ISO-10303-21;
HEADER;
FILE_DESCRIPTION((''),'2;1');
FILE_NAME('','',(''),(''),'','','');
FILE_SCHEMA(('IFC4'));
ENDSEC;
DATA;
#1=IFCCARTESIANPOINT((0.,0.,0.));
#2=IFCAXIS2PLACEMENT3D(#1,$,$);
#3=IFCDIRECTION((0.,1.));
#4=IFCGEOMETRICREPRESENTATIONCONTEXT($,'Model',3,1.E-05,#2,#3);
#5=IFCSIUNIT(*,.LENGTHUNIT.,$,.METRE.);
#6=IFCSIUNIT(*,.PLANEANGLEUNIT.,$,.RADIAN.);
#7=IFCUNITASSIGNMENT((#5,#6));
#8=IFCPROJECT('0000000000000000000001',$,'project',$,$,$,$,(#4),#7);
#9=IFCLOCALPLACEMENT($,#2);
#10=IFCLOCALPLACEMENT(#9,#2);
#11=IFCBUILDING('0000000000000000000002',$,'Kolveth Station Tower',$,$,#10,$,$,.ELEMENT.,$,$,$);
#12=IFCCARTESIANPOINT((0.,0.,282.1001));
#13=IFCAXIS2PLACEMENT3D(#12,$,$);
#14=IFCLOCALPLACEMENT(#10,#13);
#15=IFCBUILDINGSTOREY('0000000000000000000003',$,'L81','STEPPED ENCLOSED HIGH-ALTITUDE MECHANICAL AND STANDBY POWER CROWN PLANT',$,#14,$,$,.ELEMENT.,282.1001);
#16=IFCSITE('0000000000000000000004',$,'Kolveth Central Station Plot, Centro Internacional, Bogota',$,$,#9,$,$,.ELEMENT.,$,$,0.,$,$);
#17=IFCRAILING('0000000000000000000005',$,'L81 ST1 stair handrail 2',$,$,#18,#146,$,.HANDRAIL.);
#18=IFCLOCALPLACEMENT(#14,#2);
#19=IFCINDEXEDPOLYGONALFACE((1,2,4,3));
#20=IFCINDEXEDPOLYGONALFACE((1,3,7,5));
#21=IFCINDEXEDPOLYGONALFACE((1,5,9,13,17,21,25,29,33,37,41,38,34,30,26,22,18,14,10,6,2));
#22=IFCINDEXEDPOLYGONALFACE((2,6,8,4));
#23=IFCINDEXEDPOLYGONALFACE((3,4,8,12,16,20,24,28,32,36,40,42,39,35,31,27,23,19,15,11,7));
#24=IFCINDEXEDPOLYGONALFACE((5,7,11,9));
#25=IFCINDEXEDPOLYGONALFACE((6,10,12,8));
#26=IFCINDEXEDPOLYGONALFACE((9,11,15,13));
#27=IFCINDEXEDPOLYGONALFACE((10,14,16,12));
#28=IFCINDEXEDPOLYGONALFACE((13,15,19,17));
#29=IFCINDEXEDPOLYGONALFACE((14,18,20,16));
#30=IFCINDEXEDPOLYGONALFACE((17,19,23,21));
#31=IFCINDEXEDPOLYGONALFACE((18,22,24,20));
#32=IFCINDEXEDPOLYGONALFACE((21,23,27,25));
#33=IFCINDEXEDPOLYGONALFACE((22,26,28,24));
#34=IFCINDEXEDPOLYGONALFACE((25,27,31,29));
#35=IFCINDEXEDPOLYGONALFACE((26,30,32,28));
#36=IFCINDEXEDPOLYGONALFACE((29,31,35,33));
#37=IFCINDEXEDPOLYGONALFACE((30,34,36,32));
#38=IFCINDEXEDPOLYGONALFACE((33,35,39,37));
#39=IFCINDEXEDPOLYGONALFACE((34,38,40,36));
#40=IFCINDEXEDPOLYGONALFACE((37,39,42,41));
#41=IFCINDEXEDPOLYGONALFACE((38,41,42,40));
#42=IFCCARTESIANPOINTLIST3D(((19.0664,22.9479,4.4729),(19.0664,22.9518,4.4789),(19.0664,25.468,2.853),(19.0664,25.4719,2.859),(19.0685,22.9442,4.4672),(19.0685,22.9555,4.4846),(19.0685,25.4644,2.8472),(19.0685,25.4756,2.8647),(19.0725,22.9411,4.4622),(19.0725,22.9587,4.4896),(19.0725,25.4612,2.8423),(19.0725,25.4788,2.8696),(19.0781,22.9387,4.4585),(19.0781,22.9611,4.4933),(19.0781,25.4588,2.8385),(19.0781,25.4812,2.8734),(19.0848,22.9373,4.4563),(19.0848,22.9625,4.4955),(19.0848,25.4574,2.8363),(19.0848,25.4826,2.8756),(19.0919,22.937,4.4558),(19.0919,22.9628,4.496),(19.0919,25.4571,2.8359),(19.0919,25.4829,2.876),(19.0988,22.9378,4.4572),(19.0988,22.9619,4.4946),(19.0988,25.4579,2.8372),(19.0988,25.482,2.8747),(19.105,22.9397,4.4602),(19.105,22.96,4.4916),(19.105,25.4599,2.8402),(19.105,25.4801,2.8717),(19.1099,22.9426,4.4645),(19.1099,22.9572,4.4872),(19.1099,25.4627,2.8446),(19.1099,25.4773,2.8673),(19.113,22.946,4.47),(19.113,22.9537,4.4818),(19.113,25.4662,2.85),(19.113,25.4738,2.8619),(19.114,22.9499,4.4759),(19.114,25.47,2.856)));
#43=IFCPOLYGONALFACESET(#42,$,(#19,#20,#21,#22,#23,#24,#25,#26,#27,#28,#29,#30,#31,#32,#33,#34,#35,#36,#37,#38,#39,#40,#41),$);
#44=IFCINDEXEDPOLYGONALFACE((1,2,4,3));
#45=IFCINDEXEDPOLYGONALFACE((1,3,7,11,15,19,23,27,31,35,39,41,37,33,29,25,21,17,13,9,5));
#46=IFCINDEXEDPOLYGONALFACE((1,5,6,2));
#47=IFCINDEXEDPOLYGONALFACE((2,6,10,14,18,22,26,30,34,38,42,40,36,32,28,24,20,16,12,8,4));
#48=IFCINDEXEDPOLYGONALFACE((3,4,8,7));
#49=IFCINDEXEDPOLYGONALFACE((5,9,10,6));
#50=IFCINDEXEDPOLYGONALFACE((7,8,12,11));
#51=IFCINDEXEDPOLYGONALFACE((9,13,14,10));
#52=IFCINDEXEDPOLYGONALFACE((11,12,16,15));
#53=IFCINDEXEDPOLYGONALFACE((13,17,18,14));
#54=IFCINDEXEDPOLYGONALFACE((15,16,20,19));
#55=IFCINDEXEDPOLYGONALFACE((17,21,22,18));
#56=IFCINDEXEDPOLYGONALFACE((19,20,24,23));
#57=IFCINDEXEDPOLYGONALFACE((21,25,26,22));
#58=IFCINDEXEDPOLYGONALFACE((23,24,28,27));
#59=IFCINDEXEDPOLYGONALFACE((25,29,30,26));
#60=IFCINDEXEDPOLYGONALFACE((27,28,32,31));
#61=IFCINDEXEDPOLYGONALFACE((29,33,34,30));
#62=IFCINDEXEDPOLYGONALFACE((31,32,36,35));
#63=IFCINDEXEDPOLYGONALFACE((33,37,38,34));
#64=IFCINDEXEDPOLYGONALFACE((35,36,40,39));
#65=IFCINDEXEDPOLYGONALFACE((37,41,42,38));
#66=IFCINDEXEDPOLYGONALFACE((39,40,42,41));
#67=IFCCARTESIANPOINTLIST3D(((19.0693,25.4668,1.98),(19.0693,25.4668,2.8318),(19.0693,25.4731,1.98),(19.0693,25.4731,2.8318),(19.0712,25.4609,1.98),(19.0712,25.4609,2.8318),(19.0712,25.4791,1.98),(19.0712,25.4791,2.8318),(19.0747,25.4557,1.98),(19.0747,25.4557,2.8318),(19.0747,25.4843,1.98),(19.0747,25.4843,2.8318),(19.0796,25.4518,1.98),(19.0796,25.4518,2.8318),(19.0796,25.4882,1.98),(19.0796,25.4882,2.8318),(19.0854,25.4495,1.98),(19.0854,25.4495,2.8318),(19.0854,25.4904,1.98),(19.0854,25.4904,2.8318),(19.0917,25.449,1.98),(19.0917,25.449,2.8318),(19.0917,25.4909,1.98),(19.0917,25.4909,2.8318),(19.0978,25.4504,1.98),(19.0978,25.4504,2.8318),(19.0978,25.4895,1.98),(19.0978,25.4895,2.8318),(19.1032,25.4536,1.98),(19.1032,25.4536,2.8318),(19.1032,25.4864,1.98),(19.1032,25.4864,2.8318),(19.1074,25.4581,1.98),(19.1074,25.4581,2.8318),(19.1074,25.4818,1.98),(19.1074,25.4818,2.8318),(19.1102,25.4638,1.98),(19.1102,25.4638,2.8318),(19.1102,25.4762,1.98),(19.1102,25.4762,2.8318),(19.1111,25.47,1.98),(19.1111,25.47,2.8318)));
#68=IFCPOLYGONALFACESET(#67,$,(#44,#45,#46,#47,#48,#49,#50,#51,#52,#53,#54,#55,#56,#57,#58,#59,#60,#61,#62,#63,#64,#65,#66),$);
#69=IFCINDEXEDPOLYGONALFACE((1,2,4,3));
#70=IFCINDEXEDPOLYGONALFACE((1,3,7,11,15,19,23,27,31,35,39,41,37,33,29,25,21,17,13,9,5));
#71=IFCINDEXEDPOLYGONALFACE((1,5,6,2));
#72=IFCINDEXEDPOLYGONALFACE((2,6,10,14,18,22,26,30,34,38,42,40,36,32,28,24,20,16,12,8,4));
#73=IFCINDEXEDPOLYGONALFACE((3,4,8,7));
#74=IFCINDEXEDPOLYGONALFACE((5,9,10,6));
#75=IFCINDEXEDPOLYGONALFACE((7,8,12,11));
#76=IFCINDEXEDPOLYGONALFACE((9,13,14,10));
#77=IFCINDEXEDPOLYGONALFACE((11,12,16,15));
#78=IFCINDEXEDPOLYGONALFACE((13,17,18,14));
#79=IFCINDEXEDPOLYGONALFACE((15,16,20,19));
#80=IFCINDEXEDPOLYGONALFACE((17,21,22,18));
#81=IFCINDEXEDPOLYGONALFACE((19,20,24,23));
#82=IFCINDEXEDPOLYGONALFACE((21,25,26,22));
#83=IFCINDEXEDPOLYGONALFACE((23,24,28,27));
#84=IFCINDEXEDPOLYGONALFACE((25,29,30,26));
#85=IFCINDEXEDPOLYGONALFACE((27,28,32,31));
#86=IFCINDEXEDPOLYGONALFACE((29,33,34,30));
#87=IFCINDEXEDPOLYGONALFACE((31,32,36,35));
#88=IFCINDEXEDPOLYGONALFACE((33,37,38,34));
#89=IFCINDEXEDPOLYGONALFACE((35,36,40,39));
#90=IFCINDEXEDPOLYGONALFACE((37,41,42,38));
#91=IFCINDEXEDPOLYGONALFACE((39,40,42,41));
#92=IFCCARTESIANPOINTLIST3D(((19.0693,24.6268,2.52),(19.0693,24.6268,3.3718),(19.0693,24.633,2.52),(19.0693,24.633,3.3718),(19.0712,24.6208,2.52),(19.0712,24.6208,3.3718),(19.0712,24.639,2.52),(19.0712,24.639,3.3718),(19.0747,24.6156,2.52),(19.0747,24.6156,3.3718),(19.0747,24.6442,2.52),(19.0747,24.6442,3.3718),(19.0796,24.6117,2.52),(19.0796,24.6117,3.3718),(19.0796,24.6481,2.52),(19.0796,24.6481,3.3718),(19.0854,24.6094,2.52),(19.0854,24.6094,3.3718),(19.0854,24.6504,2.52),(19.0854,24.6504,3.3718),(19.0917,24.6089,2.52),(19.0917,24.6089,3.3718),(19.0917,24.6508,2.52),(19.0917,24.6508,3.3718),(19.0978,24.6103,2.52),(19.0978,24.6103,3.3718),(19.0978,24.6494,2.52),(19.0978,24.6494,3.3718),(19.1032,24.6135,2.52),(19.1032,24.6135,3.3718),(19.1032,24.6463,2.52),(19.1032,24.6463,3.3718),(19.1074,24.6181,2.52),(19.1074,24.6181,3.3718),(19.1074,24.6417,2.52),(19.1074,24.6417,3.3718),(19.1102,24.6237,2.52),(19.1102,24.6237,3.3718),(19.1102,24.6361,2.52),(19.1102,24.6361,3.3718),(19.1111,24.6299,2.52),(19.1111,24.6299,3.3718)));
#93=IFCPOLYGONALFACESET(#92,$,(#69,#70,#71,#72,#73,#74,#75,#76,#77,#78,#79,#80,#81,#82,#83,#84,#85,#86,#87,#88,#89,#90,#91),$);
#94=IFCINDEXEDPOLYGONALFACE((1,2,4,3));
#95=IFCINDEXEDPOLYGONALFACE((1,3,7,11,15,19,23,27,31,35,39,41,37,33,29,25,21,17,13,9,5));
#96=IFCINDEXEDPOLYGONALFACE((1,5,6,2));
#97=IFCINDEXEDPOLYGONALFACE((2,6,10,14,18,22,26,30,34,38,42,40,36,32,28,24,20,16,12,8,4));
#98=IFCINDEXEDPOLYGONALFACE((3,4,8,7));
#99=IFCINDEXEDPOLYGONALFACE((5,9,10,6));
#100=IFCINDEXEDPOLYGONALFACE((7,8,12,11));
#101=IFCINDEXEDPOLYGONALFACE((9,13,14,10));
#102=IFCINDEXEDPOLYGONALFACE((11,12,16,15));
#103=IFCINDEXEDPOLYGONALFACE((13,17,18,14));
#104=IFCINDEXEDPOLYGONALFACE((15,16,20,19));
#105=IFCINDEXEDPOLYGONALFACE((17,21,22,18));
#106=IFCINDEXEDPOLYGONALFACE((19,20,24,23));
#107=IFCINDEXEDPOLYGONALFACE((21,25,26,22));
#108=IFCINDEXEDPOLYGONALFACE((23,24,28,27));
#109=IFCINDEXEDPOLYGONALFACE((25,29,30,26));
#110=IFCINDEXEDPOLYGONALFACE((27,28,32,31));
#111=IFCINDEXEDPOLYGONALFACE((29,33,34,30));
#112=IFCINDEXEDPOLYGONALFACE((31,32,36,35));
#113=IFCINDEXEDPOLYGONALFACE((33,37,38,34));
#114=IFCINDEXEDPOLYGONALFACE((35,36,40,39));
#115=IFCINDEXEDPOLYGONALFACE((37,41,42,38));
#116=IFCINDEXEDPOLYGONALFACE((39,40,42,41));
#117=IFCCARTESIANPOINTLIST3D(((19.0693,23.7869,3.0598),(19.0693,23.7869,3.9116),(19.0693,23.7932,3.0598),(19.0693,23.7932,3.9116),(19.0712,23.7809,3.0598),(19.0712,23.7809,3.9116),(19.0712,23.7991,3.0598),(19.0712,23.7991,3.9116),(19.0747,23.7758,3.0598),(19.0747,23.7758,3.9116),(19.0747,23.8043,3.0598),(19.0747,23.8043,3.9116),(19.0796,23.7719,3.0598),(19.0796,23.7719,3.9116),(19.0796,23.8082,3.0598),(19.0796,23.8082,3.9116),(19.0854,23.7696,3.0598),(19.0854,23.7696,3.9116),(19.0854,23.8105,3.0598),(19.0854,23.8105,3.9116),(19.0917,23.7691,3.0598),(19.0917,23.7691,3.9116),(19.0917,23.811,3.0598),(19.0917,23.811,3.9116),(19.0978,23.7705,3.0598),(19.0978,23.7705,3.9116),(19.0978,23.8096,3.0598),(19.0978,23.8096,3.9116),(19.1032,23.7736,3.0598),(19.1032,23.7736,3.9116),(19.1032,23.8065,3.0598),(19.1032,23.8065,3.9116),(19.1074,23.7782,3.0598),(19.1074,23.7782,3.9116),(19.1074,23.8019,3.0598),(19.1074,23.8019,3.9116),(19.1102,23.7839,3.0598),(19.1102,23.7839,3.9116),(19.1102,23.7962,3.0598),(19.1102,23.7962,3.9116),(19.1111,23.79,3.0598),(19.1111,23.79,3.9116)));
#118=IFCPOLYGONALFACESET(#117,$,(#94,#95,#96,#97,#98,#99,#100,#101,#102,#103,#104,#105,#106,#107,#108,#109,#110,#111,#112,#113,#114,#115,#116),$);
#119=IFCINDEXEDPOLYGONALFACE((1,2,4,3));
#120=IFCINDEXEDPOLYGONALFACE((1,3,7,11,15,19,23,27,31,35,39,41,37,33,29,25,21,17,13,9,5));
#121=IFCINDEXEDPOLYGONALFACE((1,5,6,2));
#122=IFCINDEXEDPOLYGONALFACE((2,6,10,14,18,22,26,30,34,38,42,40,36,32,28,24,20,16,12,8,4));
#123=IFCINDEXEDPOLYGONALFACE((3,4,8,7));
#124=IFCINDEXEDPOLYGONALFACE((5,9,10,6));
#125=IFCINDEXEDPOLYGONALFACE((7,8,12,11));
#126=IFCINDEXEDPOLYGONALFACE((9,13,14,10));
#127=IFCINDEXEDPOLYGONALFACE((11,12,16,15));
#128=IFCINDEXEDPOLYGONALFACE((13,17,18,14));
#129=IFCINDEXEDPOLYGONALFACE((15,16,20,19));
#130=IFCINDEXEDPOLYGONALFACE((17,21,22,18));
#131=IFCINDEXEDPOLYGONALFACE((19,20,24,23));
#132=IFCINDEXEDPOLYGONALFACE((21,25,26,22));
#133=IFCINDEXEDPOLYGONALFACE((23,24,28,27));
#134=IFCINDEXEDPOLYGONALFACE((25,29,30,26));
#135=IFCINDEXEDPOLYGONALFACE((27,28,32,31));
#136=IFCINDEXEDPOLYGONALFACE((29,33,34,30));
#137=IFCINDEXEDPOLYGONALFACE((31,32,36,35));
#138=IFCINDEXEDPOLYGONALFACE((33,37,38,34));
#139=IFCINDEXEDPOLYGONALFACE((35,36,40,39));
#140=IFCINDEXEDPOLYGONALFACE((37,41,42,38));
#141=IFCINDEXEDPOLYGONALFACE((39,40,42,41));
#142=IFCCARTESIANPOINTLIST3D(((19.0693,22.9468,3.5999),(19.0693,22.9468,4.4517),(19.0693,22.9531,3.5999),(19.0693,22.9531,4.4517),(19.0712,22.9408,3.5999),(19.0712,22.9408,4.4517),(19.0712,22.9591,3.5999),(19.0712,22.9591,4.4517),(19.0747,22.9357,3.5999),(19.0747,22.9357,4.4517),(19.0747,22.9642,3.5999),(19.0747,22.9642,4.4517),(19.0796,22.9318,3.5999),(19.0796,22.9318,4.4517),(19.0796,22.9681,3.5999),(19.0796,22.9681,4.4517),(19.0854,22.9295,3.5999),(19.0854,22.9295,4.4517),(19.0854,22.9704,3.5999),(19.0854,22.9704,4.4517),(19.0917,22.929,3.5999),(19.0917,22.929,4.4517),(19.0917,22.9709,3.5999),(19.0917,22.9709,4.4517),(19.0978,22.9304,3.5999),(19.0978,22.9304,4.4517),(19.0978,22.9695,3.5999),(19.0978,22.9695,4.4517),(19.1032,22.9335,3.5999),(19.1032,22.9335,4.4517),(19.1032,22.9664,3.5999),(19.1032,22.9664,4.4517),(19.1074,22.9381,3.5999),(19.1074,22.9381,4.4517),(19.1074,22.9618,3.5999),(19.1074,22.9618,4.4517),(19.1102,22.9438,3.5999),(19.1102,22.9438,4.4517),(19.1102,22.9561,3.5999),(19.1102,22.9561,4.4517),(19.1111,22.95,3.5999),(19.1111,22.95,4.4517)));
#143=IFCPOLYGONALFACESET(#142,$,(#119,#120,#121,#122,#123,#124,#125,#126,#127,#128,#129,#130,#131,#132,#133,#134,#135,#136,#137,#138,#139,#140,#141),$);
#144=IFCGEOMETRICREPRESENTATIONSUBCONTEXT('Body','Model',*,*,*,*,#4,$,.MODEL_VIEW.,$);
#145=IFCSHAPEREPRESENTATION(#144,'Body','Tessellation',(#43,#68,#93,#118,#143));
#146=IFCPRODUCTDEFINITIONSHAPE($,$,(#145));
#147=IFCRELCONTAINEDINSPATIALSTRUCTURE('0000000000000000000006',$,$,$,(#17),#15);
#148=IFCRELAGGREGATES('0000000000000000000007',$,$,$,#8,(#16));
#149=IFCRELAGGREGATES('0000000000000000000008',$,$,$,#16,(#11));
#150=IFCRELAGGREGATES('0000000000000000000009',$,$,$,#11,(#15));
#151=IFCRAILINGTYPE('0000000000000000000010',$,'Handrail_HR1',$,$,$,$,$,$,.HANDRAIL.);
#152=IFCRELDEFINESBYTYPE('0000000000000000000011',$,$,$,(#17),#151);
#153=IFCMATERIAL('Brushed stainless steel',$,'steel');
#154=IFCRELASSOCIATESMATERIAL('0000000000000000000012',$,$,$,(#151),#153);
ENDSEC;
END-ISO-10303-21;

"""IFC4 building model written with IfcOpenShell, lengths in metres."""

from ifc_helpers import new_model, si_unit, direction, frame, origin, origin_2d, place, context, subcontext, project, spatial, circle, extrude, material, type_object, element, save


model = new_model("IFC4")

# Units and contexts
model_context = context("Model", 3, precision=1e-05, world=origin(), true_north=direction((0.0, 1.0)))
body_context = subcontext(model_context, "Body", "Model", "MODEL_VIEW")
ifc_project = project(units=[si_unit("LENGTHUNIT", "METRE"), si_unit("PLANEANGLEUNIT", "RADIAN")], contexts=[model_context])

# Site, building, storey
site_placement = place(None, origin())
site = spatial("IfcSite", under=ifc_project, at=site_placement, Name="Kolveth Central Station Plot, Centro Internacional, Bogota", CompositionType="ELEMENT", RefElevation=0.0)
building_placement = place(site_placement, origin())
building = spatial("IfcBuilding", under=site, at=building_placement, Name="Kolveth Station Tower", CompositionType="ELEMENT")
storey_placement = place(building_placement, frame((0.0, 0.0, 282.1001)))
storey = spatial("IfcBuildingStorey", under=building, at=storey_placement, Name="L81", Description="STEPPED ENCLOSED HIGH-ALTITUDE MECHANICAL AND STANDBY POWER CROWN PLANT", CompositionType="ELEMENT", Elevation=282.1001)

# Railing
ifc_material_1 = material(Name="Brushed stainless steel", Category="steel")
railing_type_1 = type_object("IfcRailingType", Name="Handrail_HR1", PredefinedType="HANDRAIL", material=ifc_material_1)
railing_1_placement = place(storey_placement, frame((19.0901, 25.47, 1.98)))
element("IfcRailing", 1, at=railing_1_placement, inside=storey, type_object=railing_type_1, Name="L81 ST1 stair handrail 2", PredefinedType="HANDRAIL", context=body_context, shape_type="SweptSolid", body=[
    extrude(circle(Radius=0.0239, at=origin_2d()), frame((0.0, 0.0, 0.876), z_axis=(0.0, -0.8412, 0.540725), x_axis=(1.0, 0.0, 0.0)), (0.0, 0.0, 1.0), 2.9958),
    extrude(circle(Radius=0.021, at=origin_2d()), origin(), (0.0, 0.0, 1.0), 0.8518),
    extrude(circle(Radius=0.021, at=origin_2d()), frame((0.0, -0.8401, 0.54)), (0.0, 0.0, 1.0), 0.8518),
    extrude(circle(Radius=0.021, at=origin_2d()), frame((0.0, -1.6799, 1.0798)), (0.0, 0.0, 1.0), 0.8518),
    extrude(circle(Radius=0.021, at=origin_2d()), frame((0.0, -2.52, 1.6199)), (0.0, 0.0, 1.0), 0.8518),
])

save(model, "model.ifc")
